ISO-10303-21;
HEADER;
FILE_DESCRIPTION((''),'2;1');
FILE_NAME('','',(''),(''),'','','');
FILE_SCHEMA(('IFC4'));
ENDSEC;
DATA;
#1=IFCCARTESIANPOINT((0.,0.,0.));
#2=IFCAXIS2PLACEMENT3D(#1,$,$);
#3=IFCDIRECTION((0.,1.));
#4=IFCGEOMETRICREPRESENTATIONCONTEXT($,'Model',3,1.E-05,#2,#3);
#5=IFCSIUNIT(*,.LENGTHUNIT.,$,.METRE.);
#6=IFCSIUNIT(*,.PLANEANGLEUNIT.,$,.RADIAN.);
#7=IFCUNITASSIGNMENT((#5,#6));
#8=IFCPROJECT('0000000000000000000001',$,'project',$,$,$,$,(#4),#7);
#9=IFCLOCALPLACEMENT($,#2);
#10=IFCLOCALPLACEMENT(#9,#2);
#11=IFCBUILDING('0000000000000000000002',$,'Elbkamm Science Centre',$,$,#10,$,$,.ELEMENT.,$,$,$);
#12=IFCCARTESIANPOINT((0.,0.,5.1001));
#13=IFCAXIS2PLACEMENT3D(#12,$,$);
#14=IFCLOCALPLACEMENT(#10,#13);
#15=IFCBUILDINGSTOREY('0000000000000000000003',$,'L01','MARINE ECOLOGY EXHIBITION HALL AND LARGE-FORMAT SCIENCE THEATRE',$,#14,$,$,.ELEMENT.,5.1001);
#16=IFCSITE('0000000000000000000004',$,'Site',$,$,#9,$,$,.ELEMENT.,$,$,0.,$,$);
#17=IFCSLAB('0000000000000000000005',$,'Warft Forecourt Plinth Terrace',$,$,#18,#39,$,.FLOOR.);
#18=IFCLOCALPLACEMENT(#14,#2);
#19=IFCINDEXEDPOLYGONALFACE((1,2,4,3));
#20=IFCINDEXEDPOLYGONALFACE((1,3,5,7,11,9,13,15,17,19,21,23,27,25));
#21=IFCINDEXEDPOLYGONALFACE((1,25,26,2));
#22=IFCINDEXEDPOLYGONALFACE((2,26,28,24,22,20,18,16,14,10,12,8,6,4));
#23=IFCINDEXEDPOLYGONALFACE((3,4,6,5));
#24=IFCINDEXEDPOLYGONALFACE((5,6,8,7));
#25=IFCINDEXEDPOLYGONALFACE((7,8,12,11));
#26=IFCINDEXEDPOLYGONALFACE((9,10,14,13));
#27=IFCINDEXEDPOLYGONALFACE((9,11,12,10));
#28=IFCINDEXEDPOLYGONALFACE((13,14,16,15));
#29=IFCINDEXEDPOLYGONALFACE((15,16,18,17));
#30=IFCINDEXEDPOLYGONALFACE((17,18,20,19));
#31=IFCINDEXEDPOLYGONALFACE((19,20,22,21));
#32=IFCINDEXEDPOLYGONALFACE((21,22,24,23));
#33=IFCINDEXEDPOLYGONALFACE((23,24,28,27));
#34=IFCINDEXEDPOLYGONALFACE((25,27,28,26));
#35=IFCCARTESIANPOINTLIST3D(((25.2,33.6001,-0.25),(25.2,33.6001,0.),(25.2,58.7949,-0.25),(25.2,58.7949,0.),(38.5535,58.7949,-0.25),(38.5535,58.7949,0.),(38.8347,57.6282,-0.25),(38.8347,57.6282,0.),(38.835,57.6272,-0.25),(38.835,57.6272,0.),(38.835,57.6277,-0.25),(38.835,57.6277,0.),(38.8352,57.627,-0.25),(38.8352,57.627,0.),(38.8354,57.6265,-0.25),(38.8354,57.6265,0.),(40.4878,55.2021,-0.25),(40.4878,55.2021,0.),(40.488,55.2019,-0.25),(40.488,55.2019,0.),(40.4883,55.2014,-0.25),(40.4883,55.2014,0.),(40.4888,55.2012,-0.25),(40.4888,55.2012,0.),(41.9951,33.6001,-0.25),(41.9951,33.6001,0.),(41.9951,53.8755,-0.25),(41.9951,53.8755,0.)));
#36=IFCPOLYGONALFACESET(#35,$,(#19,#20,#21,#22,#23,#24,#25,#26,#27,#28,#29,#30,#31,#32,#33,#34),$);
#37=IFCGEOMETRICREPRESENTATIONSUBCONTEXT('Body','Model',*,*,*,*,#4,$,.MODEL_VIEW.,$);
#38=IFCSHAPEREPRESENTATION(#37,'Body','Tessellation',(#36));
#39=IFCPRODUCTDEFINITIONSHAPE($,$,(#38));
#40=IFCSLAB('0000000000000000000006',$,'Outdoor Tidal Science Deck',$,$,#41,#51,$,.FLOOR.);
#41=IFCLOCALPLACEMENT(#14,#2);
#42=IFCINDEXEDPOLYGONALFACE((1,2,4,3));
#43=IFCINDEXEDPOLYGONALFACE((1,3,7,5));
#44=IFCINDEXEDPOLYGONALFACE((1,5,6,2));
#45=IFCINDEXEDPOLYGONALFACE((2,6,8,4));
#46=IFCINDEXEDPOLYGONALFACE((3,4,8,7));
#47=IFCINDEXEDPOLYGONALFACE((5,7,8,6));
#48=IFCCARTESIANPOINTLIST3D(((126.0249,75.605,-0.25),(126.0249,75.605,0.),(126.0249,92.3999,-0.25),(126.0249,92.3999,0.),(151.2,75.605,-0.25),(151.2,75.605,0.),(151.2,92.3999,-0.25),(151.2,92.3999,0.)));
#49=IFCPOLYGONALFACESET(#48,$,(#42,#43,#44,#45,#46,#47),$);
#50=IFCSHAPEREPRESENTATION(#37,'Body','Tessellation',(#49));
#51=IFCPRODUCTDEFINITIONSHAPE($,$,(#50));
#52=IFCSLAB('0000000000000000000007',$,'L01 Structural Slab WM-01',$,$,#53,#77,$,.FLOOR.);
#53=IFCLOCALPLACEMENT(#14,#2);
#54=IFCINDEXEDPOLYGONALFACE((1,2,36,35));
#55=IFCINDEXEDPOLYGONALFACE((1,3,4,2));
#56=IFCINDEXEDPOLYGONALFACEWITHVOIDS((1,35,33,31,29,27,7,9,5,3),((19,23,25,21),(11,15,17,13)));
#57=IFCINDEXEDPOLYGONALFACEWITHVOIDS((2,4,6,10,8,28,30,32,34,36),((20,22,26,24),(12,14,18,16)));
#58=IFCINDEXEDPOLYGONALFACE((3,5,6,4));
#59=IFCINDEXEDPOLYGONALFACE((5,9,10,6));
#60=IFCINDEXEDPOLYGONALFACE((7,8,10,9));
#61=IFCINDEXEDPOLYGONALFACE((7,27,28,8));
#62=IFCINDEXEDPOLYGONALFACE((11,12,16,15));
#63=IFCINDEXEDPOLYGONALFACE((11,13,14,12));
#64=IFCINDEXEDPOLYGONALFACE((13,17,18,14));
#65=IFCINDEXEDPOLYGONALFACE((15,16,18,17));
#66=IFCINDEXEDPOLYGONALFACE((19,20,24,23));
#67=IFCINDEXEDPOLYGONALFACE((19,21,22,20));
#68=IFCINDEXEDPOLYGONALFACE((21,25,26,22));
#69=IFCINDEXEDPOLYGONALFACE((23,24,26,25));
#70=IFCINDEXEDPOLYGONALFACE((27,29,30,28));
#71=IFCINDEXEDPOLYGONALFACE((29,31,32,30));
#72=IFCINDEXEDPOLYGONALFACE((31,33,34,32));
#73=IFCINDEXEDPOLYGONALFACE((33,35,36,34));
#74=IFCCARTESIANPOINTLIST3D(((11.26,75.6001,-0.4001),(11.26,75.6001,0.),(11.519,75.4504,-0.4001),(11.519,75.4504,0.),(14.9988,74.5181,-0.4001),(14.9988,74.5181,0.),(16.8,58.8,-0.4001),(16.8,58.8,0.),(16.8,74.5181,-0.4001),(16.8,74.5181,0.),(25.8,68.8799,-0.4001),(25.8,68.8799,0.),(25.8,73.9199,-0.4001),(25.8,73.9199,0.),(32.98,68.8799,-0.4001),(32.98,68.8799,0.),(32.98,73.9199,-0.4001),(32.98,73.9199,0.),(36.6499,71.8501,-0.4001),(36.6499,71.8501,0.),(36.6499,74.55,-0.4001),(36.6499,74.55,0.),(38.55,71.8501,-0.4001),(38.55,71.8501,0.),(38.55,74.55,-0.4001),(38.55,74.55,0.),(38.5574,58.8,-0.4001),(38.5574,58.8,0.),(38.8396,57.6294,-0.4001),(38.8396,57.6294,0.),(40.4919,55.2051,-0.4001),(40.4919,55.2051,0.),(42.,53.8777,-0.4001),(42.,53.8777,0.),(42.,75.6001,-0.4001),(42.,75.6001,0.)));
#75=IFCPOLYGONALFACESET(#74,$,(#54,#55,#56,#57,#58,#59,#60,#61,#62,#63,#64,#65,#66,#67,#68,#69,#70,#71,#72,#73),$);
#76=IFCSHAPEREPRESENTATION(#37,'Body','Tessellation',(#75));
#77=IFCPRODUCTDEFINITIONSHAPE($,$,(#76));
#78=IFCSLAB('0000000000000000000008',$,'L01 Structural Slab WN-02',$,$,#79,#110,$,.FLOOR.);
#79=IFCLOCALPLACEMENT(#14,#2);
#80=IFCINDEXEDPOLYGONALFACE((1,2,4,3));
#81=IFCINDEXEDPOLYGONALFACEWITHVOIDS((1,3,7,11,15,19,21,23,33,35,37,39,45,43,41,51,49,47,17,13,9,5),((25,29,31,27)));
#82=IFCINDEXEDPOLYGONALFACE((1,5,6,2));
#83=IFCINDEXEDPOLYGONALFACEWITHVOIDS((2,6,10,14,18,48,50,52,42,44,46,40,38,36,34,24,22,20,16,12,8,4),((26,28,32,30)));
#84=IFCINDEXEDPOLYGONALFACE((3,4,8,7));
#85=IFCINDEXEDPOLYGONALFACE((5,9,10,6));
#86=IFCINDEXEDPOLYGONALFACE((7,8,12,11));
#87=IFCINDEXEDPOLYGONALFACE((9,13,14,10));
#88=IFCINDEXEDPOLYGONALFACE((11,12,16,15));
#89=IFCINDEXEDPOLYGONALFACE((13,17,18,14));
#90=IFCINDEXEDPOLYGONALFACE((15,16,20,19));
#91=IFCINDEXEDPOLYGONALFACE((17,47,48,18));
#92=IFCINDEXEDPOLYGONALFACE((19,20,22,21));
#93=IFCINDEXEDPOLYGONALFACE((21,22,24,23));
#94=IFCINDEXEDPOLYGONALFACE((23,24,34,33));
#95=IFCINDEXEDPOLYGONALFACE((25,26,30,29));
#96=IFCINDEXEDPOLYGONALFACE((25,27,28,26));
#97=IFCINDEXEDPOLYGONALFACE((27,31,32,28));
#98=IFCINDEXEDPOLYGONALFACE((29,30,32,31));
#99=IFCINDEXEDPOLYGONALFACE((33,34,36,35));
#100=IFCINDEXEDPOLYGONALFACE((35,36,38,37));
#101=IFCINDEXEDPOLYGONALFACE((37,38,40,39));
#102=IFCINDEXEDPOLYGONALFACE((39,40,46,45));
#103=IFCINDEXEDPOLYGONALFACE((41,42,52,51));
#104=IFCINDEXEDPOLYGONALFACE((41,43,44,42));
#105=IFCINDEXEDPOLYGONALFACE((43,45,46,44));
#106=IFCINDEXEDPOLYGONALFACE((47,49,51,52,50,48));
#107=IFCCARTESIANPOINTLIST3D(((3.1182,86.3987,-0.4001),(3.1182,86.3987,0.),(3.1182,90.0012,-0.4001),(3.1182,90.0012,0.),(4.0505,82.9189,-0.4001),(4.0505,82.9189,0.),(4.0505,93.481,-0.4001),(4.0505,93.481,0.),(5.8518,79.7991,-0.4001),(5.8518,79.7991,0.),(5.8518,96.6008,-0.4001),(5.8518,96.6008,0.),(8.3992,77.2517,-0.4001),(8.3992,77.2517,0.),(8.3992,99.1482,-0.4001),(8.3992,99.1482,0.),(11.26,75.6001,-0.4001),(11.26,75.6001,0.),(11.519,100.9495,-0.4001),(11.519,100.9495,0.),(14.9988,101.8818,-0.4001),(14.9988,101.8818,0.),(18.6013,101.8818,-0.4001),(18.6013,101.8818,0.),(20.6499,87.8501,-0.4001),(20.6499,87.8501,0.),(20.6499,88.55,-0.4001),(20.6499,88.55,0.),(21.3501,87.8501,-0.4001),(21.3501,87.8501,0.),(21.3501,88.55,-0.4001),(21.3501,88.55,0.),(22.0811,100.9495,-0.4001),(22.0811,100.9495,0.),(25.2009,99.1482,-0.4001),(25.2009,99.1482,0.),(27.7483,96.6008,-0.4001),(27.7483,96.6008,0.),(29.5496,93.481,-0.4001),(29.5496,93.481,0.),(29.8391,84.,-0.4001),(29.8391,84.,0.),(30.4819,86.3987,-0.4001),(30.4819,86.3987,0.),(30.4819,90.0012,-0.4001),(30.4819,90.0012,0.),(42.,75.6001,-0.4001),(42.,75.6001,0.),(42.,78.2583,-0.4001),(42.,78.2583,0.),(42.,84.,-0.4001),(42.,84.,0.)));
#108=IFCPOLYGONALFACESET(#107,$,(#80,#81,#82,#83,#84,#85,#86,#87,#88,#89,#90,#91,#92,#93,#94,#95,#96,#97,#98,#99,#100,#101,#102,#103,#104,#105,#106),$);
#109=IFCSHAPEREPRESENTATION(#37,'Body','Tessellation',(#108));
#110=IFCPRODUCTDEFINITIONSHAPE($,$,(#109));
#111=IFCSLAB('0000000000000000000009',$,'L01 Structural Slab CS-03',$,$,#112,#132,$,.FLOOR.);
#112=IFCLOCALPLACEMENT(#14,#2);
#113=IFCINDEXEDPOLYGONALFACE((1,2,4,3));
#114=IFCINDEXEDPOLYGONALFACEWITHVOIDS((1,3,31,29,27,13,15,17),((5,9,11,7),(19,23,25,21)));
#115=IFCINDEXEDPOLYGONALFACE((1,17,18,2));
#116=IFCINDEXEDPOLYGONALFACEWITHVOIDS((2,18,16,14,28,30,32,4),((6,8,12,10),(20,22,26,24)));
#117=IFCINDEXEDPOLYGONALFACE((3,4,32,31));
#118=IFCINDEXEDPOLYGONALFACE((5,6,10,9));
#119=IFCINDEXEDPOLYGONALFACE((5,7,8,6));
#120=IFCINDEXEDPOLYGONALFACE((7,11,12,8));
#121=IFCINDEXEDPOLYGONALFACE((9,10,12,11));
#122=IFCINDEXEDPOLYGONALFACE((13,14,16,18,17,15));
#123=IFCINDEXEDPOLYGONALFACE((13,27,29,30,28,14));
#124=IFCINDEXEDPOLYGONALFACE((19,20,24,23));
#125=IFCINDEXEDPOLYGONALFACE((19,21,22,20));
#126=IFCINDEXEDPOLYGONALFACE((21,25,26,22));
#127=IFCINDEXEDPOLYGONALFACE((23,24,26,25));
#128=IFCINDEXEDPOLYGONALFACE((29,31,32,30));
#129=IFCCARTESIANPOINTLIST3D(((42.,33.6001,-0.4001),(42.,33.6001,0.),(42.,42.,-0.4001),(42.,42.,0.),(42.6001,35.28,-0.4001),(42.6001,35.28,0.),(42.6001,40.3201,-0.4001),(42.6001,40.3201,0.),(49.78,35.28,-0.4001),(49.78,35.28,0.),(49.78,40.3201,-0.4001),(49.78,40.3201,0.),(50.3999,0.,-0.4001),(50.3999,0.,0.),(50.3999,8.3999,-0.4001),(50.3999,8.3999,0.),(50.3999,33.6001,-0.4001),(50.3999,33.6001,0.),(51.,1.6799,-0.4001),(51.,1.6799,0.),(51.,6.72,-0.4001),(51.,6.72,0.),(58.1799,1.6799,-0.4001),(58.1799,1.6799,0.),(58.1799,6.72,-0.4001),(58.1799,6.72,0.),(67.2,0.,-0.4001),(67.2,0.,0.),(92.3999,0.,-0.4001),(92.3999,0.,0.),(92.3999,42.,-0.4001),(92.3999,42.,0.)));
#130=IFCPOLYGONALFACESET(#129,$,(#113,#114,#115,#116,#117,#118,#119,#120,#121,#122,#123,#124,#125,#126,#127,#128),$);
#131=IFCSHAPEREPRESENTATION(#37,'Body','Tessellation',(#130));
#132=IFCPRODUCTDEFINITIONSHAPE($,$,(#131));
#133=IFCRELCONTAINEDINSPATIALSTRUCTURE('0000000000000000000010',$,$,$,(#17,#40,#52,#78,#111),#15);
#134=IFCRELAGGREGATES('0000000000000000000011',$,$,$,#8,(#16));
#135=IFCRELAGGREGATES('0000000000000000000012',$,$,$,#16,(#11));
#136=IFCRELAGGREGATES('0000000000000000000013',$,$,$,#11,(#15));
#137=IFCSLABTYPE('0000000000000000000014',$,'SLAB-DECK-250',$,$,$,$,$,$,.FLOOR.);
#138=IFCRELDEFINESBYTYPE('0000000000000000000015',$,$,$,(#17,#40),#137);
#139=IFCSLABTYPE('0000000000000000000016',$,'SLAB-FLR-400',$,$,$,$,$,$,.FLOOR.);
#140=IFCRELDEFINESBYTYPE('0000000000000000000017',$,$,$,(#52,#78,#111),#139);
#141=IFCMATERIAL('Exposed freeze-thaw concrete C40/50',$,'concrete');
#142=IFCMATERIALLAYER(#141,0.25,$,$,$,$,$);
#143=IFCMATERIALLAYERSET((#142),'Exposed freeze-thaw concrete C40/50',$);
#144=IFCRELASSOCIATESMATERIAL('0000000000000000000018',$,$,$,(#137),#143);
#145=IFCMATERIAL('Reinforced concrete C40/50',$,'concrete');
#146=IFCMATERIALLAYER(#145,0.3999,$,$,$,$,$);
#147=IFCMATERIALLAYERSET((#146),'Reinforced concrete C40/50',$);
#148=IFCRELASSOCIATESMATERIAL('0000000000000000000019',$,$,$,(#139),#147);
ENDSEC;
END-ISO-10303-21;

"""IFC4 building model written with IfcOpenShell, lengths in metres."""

from ifc_helpers import new_model, si_unit, direction, frame, origin, place, context, subcontext, project, spatial, polyline, outline, extrude, material, layer, layer_set, type_object, element, save


model = new_model("IFC4")

# Units and contexts
model_context = context("Model", 3, precision=1e-05, world=origin(), true_north=direction((0.0, 1.0)))
body_context = subcontext(model_context, "Body", "Model", "MODEL_VIEW")
ifc_project = project(units=[si_unit("LENGTHUNIT", "METRE"), si_unit("PLANEANGLEUNIT", "RADIAN")], contexts=[model_context])

# Site, building, storey
site_placement = place(None, origin())
site = spatial("IfcSite", under=ifc_project, at=site_placement, Name="Site", CompositionType="ELEMENT", RefElevation=0.0)
building_placement = place(site_placement, origin())
building = spatial("IfcBuilding", under=site, at=building_placement, Name="Elbkamm Science Centre", CompositionType="ELEMENT")
storey_placement = place(building_placement, frame((0.0, 0.0, 5.1001)))
storey = spatial("IfcBuildingStorey", under=building, at=storey_placement, Name="L01", Description="MARINE ECOLOGY EXHIBITION HALL AND LARGE-FORMAT SCIENCE THEATRE", CompositionType="ELEMENT", Elevation=5.1001)

# Slabs
ifc_material_1 = material(Name="Exposed freeze-thaw concrete C40/50", Category="concrete")
ifc_layer_1 = layer(ifc_material_1, 0.25)
ifc_layer_set_1 = layer_set([ifc_layer_1], Name="Exposed freeze-thaw concrete C40/50")
slab_type_1 = type_object("IfcSlabType", Name="SLAB-DECK-250", PredefinedType="FLOOR", material=ifc_layer_set_1)
slab_1_placement = place(storey_placement, frame((0.0, 0.0, -0.25)))
element("IfcSlab", 1, at=slab_1_placement, inside=storey, type_object=slab_type_1, Name="Warft Forecourt Plinth Terrace", PredefinedType="FLOOR", context=body_context, shape_type="SweptSolid", body=[
    extrude(outline(polyline([(25.2, 58.7949), (38.5535, 58.7949), (38.8347, 57.6282), (38.835, 57.6277), (38.835, 57.6272), (38.8352, 57.627), (38.8354, 57.6265), (40.4878, 55.2021), (40.488, 55.2019), (40.4883, 55.2014), (40.4888, 55.2012), (41.9951, 53.8755), (41.9951, 33.6001), (25.2, 33.6001), (25.2, 58.7949)])), origin(), (0.0, 0.0, 1.0), 0.25),
])
slab_2_placement = place(storey_placement, frame((0.0, 0.0, -0.25)))
element("IfcSlab", 2, at=slab_2_placement, inside=storey, type_object=slab_type_1, Name="Outdoor Tidal Science Deck", PredefinedType="FLOOR", context=body_context, shape_type="SweptSolid", body=[
    extrude(outline(polyline([(151.2, 92.3999), (151.2, 75.605), (126.0249, 75.605), (126.0249, 92.3999), (151.2, 92.3999)])), origin(), (0.0, 0.0, 1.0), 0.25),
])
ifc_material_2 = material(Name="Reinforced concrete C40/50", Category="concrete")
ifc_layer_2 = layer(ifc_material_2, 0.3999)
ifc_layer_set_2 = layer_set([ifc_layer_2], Name="Reinforced concrete C40/50")
slab_type_2 = type_object("IfcSlabType", Name="SLAB-FLR-400", PredefinedType="FLOOR", material=ifc_layer_set_2)
slab_3_placement = place(storey_placement, frame((0.0, 0.0, -0.4001)))
element("IfcSlab", 3, at=slab_3_placement, inside=storey, type_object=slab_type_2, Name="L01 Structural Slab WM-01", PredefinedType="FLOOR", context=body_context, shape_type="SweptSolid", body=[
    extrude(outline(polyline([(40.4919, 55.2051), (38.8396, 57.6294), (38.5574, 58.8), (16.8, 58.8), (16.8, 74.5181), (14.9988, 74.5181), (11.519, 75.4504), (11.26, 75.6001), (42.0, 75.6001), (42.0, 53.8777), (40.4919, 55.2051)]), holes=[polyline([(32.98, 73.9199), (25.8, 73.9199), (25.8, 68.8799), (32.98, 68.8799), (32.98, 73.9199)]), polyline([(38.55, 74.55), (36.6499, 74.55), (36.6499, 71.8501), (38.55, 71.8501), (38.55, 74.55)])]), origin(), (0.0, 0.0, 1.0), 0.4001),
])
slab_4_placement = place(storey_placement, frame((0.0, 0.0, -0.4001)))
element("IfcSlab", 4, at=slab_4_placement, inside=storey, type_object=slab_type_2, Name="L01 Structural Slab WN-02", PredefinedType="FLOOR", context=body_context, shape_type="SweptSolid", body=[
    extrude(outline(polyline([(4.0505, 82.9189), (3.1182, 86.3987), (3.1182, 90.0012), (4.0505, 93.481), (5.8518, 96.6008), (8.3992, 99.1482), (11.519, 100.9495), (14.9988, 101.8818), (18.6013, 101.8818), (22.0811, 100.9495), (25.2009, 99.1482), (27.7483, 96.6008), (29.5496, 93.481), (30.4819, 90.0012), (30.4819, 86.3987), (29.8391, 84.0), (42.0, 84.0), (42.0, 78.2583), (42.0, 75.6001), (11.26, 75.6001), (8.3992, 77.2517), (5.8518, 79.7991), (4.0505, 82.9189)]), holes=[polyline([(21.3501, 88.55), (20.6499, 88.55), (20.6499, 87.8501), (21.3501, 87.8501), (21.3501, 88.55)])]), origin(), (0.0, 0.0, 1.0), 0.4001),
])
slab_5_placement = place(storey_placement, frame((0.0, 0.0, -0.4001)))
element("IfcSlab", 5, at=slab_5_placement, inside=storey, type_object=slab_type_2, Name="L01 Structural Slab CS-03", PredefinedType="FLOOR", context=body_context, shape_type="SweptSolid", body=[
    extrude(outline(polyline([(67.2, 0.0), (50.3999, 0.0), (50.3999, 8.3999), (50.3999, 33.6001), (42.0, 33.6001), (42.0, 42.0), (92.3999, 42.0), (92.3999, 0.0), (67.2, 0.0)]), holes=[polyline([(42.6001, 35.28), (49.78, 35.28), (49.78, 40.3201), (42.6001, 40.3201), (42.6001, 35.28)]), polyline([(51.0, 6.72), (51.0, 1.6799), (58.1799, 1.6799), (58.1799, 6.72), (51.0, 6.72)])]), origin(), (0.0, 0.0, 1.0), 0.4001),
])

save(model, "model.ifc")
